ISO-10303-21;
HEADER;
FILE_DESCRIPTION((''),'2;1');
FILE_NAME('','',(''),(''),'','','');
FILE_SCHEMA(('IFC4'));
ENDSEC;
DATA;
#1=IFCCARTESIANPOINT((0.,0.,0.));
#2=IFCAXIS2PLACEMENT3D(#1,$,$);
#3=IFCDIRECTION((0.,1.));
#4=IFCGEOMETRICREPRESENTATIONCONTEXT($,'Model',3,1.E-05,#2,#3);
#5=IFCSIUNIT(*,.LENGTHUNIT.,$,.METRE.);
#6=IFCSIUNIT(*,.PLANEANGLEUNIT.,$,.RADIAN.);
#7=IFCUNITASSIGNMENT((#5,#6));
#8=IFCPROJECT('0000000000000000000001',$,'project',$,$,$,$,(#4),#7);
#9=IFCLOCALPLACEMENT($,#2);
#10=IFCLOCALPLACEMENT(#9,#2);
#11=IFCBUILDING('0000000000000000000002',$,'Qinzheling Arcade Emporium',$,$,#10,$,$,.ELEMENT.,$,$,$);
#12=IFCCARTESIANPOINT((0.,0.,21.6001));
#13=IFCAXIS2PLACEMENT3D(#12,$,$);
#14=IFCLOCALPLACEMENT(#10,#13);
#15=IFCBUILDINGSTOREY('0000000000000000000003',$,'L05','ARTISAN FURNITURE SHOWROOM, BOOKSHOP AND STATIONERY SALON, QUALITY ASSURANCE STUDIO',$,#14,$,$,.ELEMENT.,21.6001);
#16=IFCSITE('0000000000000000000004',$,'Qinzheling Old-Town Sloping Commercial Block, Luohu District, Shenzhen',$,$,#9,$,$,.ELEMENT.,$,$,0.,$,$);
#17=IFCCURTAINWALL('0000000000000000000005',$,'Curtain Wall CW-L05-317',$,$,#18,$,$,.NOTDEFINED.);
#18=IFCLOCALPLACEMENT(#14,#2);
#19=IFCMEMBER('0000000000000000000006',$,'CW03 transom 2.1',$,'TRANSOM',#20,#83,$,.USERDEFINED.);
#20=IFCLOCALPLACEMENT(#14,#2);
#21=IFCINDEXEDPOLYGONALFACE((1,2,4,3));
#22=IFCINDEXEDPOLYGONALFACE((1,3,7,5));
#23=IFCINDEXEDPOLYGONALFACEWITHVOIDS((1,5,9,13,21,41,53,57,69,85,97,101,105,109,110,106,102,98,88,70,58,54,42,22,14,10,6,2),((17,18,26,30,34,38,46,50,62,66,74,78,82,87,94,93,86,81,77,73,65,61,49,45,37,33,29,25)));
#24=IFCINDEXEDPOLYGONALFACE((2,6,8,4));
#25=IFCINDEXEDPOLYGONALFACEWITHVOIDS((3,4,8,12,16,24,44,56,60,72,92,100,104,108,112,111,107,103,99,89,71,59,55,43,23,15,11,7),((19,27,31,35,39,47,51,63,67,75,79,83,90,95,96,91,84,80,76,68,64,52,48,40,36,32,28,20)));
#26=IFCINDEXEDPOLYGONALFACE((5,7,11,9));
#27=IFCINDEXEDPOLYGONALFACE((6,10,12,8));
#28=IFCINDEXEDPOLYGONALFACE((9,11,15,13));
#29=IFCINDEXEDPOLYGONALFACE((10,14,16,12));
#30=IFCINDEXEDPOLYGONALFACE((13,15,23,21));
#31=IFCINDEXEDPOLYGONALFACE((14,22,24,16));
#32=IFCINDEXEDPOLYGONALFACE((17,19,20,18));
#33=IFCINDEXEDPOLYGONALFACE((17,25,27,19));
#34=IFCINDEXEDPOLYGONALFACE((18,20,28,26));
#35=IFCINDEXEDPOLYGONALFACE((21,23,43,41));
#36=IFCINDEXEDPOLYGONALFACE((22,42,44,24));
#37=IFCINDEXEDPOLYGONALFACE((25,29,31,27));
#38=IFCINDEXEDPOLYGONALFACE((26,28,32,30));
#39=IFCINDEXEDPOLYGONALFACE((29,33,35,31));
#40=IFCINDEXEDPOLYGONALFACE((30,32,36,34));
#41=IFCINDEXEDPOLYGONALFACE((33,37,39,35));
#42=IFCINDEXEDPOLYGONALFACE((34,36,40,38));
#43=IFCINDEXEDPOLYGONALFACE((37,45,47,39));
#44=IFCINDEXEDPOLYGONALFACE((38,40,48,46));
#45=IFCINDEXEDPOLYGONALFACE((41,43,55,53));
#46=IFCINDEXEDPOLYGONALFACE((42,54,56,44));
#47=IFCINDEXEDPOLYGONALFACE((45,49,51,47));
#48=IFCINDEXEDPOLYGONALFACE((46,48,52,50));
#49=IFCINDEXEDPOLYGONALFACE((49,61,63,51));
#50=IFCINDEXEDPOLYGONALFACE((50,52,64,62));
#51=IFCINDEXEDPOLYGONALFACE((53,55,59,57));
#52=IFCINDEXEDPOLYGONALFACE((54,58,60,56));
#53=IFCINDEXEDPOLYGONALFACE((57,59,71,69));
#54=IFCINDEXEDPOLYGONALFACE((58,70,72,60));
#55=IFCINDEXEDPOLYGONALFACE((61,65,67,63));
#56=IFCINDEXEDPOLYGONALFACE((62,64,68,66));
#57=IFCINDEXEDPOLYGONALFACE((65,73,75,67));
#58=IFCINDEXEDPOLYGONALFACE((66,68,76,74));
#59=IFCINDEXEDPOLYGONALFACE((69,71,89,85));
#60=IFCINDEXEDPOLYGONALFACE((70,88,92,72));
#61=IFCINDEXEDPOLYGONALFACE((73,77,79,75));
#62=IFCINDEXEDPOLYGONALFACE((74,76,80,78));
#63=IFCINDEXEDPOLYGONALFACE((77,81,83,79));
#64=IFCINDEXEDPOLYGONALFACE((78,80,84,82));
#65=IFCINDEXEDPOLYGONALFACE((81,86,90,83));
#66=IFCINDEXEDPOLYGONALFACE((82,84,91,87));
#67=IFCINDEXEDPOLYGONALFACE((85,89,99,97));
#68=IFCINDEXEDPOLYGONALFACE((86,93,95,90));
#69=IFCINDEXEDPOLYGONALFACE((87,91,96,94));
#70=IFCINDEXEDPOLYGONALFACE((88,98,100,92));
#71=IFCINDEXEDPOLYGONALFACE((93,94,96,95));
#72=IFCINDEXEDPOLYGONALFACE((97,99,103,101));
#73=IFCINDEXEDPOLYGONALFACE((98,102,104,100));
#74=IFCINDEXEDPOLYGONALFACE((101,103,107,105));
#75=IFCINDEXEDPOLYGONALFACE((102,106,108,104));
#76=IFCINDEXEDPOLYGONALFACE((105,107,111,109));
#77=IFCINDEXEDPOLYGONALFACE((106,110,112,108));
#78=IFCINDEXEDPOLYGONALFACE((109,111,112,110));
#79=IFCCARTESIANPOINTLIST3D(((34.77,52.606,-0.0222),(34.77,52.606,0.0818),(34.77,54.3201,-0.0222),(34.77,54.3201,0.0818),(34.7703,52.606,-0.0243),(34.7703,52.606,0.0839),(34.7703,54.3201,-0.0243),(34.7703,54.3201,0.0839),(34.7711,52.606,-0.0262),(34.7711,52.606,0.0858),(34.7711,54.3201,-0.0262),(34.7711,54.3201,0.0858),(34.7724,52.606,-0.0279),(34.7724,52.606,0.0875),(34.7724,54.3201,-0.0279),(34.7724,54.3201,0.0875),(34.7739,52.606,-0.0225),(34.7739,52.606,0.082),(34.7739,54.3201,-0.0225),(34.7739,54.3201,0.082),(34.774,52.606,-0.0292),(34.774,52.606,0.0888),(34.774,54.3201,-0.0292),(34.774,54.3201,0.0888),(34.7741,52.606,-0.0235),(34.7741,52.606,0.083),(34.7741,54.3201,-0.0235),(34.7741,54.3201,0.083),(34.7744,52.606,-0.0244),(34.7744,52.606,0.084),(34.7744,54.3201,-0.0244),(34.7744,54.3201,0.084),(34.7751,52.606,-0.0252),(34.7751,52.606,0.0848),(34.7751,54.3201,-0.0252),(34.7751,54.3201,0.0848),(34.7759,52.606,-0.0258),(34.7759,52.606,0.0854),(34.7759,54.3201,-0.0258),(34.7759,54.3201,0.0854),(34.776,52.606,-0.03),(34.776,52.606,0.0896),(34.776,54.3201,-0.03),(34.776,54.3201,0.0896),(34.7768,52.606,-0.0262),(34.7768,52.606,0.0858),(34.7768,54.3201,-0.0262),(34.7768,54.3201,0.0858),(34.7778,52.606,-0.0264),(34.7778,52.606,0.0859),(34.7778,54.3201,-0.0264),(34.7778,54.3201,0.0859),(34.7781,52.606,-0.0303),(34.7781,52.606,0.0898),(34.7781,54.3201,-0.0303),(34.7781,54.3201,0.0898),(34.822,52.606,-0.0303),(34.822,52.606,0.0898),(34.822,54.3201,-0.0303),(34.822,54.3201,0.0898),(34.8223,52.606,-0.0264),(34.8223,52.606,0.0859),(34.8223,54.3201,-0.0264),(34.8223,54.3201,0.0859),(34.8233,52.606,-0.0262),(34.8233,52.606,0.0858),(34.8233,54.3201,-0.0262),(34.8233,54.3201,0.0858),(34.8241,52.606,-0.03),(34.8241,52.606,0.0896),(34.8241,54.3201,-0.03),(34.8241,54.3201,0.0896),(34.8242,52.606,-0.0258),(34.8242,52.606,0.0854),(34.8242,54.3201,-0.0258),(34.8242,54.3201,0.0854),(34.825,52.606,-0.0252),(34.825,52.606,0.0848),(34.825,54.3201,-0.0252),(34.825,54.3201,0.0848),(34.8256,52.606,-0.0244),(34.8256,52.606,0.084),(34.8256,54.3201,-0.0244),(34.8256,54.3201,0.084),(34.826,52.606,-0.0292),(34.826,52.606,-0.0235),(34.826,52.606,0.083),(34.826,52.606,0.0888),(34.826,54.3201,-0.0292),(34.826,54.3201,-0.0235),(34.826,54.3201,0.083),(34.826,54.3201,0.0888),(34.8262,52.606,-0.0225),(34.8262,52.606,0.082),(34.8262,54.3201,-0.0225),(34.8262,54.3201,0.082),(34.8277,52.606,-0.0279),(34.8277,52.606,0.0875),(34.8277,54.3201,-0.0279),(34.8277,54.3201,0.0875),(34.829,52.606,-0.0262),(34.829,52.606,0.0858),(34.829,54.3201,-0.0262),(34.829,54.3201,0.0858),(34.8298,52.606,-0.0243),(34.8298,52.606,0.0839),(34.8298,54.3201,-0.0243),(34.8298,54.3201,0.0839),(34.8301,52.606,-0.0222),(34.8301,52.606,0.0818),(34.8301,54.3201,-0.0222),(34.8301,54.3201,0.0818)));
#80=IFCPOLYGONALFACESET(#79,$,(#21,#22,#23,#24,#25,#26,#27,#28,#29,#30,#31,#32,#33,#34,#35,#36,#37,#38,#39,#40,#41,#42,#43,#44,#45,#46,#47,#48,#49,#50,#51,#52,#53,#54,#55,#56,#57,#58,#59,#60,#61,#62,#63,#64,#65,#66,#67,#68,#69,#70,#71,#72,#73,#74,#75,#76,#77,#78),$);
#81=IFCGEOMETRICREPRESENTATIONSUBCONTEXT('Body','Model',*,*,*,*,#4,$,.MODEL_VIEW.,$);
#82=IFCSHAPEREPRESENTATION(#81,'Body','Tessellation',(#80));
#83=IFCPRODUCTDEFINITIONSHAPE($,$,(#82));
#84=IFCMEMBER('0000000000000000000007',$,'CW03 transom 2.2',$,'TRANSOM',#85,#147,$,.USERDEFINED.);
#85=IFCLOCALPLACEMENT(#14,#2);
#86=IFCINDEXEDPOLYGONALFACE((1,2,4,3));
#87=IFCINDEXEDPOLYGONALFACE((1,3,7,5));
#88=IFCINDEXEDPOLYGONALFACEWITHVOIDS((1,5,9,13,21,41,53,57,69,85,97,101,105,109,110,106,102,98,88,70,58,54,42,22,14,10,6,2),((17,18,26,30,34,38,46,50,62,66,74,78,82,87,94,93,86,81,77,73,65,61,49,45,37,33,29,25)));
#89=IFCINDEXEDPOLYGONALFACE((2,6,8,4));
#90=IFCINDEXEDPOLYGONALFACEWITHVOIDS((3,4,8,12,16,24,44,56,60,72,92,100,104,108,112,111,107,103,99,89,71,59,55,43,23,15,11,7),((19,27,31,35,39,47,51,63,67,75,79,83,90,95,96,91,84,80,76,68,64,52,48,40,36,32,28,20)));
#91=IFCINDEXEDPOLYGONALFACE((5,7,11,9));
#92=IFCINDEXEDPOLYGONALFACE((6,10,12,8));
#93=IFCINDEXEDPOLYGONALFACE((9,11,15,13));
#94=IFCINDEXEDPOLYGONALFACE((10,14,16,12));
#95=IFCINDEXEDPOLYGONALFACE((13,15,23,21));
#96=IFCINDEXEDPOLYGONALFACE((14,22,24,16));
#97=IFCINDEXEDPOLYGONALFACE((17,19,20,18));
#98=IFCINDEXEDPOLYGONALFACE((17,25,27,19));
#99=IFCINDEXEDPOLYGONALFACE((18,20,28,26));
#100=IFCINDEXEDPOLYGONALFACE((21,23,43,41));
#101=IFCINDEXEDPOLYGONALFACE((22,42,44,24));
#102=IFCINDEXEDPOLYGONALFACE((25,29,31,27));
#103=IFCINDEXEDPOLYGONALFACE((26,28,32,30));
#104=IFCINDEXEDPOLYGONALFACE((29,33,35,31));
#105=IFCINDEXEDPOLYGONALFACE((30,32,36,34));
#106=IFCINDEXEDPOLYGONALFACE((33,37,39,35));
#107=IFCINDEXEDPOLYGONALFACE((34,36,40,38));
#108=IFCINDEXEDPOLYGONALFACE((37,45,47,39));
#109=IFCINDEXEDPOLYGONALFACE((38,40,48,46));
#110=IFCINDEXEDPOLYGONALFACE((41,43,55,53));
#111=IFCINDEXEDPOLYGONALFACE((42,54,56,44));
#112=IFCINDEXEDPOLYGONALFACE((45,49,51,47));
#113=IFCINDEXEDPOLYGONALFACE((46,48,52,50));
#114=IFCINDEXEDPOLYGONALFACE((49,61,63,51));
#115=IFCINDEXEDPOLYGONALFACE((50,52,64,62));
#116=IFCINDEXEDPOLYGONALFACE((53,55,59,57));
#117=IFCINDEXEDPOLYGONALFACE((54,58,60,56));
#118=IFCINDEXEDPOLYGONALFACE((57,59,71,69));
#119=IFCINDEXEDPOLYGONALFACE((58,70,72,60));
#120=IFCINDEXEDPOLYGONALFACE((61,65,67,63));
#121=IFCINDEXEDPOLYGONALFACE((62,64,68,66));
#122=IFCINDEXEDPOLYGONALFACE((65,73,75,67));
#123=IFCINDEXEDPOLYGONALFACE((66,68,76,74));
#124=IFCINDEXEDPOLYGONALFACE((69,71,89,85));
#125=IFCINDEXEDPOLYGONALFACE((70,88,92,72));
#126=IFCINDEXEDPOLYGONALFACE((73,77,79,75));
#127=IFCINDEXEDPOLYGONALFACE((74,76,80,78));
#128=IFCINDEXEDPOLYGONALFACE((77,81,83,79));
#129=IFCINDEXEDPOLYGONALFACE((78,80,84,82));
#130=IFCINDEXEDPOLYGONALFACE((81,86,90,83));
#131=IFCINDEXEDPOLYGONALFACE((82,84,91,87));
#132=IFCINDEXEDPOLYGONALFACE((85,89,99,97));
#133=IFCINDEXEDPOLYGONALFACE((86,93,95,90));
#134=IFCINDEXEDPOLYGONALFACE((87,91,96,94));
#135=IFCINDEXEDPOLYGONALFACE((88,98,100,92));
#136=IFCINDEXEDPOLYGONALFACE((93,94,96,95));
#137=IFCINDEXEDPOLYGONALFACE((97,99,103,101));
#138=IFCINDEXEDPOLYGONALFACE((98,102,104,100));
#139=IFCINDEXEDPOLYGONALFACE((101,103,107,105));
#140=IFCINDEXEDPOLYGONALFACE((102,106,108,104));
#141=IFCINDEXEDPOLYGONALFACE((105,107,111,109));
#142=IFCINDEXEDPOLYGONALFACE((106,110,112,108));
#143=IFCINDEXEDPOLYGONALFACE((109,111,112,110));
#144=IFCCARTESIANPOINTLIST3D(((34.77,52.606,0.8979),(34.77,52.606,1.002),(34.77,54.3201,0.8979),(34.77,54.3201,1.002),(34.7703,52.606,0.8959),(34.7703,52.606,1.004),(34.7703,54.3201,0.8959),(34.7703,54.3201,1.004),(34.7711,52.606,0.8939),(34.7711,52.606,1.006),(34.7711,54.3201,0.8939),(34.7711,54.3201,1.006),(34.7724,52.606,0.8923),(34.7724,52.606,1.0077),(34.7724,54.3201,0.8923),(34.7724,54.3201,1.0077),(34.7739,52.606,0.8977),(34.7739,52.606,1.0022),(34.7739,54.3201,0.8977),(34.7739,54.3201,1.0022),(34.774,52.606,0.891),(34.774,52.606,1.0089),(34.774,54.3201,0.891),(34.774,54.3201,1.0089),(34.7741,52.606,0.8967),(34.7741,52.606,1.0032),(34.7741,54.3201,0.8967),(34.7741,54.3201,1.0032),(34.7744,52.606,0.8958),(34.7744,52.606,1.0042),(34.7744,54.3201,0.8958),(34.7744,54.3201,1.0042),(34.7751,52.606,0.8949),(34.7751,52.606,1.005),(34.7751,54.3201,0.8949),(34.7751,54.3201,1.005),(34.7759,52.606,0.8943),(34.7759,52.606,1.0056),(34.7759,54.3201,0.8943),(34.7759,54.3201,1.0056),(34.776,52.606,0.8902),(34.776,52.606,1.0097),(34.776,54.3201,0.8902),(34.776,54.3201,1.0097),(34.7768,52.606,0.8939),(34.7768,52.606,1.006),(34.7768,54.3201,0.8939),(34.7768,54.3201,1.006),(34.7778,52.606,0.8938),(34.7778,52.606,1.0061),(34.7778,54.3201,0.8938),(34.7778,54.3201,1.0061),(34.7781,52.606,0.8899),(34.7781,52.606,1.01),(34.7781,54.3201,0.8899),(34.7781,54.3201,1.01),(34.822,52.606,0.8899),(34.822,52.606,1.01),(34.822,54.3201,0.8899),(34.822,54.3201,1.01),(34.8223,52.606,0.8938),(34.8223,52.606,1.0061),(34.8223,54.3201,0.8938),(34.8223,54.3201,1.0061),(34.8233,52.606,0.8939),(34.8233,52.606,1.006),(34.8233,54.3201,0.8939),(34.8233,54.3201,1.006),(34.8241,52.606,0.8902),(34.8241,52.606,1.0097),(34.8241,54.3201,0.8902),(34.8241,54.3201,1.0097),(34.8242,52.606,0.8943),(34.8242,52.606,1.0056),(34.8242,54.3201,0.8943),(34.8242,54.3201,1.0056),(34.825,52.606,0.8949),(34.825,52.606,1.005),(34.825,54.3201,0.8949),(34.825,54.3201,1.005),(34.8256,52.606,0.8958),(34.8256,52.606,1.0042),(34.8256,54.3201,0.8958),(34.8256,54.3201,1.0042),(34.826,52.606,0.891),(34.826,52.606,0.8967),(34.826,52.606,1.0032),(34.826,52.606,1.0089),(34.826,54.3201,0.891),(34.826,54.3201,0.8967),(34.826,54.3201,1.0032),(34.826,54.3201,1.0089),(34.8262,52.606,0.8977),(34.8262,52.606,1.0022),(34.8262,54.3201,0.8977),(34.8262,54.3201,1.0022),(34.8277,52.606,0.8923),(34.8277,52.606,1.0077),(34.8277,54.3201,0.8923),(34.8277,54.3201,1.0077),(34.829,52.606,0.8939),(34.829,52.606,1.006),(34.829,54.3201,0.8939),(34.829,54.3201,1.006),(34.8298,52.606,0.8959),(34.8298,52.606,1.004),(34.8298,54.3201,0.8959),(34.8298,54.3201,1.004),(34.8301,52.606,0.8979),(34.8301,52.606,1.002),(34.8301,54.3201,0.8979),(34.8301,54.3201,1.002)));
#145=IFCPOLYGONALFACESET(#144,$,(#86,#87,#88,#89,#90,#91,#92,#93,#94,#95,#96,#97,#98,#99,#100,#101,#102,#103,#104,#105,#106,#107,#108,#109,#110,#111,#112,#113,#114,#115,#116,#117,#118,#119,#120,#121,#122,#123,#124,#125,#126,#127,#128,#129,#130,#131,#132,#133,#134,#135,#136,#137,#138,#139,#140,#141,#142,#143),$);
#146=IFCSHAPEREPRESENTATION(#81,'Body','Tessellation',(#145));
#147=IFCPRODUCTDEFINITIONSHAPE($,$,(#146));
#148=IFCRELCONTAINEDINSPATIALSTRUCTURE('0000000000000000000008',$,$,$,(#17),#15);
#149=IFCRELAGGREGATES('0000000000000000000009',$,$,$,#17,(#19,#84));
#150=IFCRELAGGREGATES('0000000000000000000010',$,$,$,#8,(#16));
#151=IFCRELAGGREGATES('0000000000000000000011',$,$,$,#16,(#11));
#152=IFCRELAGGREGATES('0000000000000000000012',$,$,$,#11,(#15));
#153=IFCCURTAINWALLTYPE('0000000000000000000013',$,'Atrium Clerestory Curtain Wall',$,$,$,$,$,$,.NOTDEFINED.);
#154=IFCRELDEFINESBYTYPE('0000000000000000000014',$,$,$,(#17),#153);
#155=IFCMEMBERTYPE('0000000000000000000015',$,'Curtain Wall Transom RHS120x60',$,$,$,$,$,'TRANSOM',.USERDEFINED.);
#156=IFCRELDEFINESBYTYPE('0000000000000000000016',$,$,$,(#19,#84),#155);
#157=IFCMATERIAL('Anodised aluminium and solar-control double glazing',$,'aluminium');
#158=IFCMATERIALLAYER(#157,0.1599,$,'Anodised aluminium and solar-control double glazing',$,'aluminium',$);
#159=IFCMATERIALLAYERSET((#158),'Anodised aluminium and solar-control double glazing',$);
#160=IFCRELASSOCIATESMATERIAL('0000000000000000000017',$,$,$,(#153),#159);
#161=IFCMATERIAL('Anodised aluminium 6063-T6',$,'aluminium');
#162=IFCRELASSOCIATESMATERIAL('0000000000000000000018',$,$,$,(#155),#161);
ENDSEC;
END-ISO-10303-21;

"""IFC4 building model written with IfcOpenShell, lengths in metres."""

from ifc_helpers import new_model, si_unit, direction, frame, origin, origin_2d, place, context, subcontext, project, spatial, hollow_rectangle, extrude, material, layer, layer_set, material_profile, profile_set, type_object, element, aggregate, save


model = new_model("IFC4")

# Units and contexts
model_context = context("Model", 3, precision=1e-05, world=origin(), true_north=direction((0.0, 1.0)))
body_context = subcontext(model_context, "Body", "Model", "MODEL_VIEW")
ifc_project = project(units=[si_unit("LENGTHUNIT", "METRE"), si_unit("PLANEANGLEUNIT", "RADIAN")], contexts=[model_context])

# Site, building, storey
site_placement = place(None, origin())
site = spatial("IfcSite", under=ifc_project, at=site_placement, Name="Qinzheling Old-Town Sloping Commercial Block, Luohu District, Shenzhen", CompositionType="ELEMENT", RefElevation=0.0)
building_placement = place(site_placement, origin())
building = spatial("IfcBuilding", under=site, at=building_placement, Name="Qinzheling Arcade Emporium", CompositionType="ELEMENT")
storey_placement = place(building_placement, frame((0.0, 0.0, 21.6001)))
storey = spatial("IfcBuildingStorey", under=building, at=storey_placement, Name="L05", Description="ARTISAN FURNITURE SHOWROOM, BOOKSHOP AND STATIONERY SALON, QUALITY ASSURANCE STUDIO", CompositionType="ELEMENT", Elevation=21.6001)

# Curtain wall
ifc_material_1 = material(Name="Anodised aluminium and solar-control double glazing", Category="aluminium")
ifc_layer_1 = layer(ifc_material_1, 0.1599, Name="Anodised aluminium and solar-control double glazing", Category="aluminium")
ifc_layer_set_1 = layer_set([ifc_layer_1], Name="Anodised aluminium and solar-control double glazing")
curtain_wall_type = type_object("IfcCurtainWallType", Name="Atrium Clerestory Curtain Wall", PredefinedType="NOTDEFINED", material=ifc_layer_set_1)
ifc_material_2 = material(Name="Anodised aluminium 6063-T6", Category="aluminium")
curtain_wall_1_placement = place(storey_placement, origin())
curtain_wall_1 = element("IfcCurtainWall", 1, at=curtain_wall_1_placement, inside=storey, type_object=curtain_wall_type, Name="Curtain Wall CW-L05-317", PredefinedType="NOTDEFINED")

# Members
ifc_material_profile_1 = material_profile(ifc_material_2, hollow_rectangle(XDim=0.0601, YDim=0.1201, WallThickness=0.0039, InnerFilletRadius=0.0039, OuterFilletRadius=0.0081, at=origin_2d()), Name="RHS 120x60x4", Category="aluminium")
ifc_profile_set_1 = profile_set([ifc_material_profile_1], Name="Anodised aluminium 6063-T6")
member_type_1 = type_object("IfcMemberType", Name="Curtain Wall Transom RHS120x60", ElementType="TRANSOM", PredefinedType="USERDEFINED", material=ifc_profile_set_1)
member_1_placement = place(storey_placement, frame((34.8, 52.606, 0.0298), z_axis=(0.0, 1.0, 0.0), x_axis=(-1.0, 0.0, 0.0)))
member_1 = element("IfcMember", 2, at=member_1_placement, type_object=member_type_1, Name="CW03 transom 2.1", ObjectType="TRANSOM", PredefinedType="USERDEFINED", context=body_context, shape_type="SweptSolid", body=[
    extrude(hollow_rectangle(XDim=0.0601, YDim=0.1201, WallThickness=0.0039, InnerFilletRadius=0.0039, OuterFilletRadius=0.0081, at=origin_2d()), origin(), (0.0, 0.0, 1.0), 1.7141),
])
member_2_placement = place(storey_placement, frame((34.8, 52.606, 0.95), z_axis=(0.0, 1.0, 0.0), x_axis=(-1.0, 0.0, 0.0)))
member_2 = element("IfcMember", 3, at=member_2_placement, type_object=member_type_1, Name="CW03 transom 2.2", ObjectType="TRANSOM", PredefinedType="USERDEFINED", context=body_context, shape_type="SweptSolid", body=[
    extrude(hollow_rectangle(XDim=0.0601, YDim=0.1201, WallThickness=0.0039, InnerFilletRadius=0.0039, OuterFilletRadius=0.0081, at=origin_2d()), origin(), (0.0, 0.0, 1.0), 1.7141),
])

aggregate(curtain_wall_1, [member_1, member_2])

save(model, "model.ifc")
